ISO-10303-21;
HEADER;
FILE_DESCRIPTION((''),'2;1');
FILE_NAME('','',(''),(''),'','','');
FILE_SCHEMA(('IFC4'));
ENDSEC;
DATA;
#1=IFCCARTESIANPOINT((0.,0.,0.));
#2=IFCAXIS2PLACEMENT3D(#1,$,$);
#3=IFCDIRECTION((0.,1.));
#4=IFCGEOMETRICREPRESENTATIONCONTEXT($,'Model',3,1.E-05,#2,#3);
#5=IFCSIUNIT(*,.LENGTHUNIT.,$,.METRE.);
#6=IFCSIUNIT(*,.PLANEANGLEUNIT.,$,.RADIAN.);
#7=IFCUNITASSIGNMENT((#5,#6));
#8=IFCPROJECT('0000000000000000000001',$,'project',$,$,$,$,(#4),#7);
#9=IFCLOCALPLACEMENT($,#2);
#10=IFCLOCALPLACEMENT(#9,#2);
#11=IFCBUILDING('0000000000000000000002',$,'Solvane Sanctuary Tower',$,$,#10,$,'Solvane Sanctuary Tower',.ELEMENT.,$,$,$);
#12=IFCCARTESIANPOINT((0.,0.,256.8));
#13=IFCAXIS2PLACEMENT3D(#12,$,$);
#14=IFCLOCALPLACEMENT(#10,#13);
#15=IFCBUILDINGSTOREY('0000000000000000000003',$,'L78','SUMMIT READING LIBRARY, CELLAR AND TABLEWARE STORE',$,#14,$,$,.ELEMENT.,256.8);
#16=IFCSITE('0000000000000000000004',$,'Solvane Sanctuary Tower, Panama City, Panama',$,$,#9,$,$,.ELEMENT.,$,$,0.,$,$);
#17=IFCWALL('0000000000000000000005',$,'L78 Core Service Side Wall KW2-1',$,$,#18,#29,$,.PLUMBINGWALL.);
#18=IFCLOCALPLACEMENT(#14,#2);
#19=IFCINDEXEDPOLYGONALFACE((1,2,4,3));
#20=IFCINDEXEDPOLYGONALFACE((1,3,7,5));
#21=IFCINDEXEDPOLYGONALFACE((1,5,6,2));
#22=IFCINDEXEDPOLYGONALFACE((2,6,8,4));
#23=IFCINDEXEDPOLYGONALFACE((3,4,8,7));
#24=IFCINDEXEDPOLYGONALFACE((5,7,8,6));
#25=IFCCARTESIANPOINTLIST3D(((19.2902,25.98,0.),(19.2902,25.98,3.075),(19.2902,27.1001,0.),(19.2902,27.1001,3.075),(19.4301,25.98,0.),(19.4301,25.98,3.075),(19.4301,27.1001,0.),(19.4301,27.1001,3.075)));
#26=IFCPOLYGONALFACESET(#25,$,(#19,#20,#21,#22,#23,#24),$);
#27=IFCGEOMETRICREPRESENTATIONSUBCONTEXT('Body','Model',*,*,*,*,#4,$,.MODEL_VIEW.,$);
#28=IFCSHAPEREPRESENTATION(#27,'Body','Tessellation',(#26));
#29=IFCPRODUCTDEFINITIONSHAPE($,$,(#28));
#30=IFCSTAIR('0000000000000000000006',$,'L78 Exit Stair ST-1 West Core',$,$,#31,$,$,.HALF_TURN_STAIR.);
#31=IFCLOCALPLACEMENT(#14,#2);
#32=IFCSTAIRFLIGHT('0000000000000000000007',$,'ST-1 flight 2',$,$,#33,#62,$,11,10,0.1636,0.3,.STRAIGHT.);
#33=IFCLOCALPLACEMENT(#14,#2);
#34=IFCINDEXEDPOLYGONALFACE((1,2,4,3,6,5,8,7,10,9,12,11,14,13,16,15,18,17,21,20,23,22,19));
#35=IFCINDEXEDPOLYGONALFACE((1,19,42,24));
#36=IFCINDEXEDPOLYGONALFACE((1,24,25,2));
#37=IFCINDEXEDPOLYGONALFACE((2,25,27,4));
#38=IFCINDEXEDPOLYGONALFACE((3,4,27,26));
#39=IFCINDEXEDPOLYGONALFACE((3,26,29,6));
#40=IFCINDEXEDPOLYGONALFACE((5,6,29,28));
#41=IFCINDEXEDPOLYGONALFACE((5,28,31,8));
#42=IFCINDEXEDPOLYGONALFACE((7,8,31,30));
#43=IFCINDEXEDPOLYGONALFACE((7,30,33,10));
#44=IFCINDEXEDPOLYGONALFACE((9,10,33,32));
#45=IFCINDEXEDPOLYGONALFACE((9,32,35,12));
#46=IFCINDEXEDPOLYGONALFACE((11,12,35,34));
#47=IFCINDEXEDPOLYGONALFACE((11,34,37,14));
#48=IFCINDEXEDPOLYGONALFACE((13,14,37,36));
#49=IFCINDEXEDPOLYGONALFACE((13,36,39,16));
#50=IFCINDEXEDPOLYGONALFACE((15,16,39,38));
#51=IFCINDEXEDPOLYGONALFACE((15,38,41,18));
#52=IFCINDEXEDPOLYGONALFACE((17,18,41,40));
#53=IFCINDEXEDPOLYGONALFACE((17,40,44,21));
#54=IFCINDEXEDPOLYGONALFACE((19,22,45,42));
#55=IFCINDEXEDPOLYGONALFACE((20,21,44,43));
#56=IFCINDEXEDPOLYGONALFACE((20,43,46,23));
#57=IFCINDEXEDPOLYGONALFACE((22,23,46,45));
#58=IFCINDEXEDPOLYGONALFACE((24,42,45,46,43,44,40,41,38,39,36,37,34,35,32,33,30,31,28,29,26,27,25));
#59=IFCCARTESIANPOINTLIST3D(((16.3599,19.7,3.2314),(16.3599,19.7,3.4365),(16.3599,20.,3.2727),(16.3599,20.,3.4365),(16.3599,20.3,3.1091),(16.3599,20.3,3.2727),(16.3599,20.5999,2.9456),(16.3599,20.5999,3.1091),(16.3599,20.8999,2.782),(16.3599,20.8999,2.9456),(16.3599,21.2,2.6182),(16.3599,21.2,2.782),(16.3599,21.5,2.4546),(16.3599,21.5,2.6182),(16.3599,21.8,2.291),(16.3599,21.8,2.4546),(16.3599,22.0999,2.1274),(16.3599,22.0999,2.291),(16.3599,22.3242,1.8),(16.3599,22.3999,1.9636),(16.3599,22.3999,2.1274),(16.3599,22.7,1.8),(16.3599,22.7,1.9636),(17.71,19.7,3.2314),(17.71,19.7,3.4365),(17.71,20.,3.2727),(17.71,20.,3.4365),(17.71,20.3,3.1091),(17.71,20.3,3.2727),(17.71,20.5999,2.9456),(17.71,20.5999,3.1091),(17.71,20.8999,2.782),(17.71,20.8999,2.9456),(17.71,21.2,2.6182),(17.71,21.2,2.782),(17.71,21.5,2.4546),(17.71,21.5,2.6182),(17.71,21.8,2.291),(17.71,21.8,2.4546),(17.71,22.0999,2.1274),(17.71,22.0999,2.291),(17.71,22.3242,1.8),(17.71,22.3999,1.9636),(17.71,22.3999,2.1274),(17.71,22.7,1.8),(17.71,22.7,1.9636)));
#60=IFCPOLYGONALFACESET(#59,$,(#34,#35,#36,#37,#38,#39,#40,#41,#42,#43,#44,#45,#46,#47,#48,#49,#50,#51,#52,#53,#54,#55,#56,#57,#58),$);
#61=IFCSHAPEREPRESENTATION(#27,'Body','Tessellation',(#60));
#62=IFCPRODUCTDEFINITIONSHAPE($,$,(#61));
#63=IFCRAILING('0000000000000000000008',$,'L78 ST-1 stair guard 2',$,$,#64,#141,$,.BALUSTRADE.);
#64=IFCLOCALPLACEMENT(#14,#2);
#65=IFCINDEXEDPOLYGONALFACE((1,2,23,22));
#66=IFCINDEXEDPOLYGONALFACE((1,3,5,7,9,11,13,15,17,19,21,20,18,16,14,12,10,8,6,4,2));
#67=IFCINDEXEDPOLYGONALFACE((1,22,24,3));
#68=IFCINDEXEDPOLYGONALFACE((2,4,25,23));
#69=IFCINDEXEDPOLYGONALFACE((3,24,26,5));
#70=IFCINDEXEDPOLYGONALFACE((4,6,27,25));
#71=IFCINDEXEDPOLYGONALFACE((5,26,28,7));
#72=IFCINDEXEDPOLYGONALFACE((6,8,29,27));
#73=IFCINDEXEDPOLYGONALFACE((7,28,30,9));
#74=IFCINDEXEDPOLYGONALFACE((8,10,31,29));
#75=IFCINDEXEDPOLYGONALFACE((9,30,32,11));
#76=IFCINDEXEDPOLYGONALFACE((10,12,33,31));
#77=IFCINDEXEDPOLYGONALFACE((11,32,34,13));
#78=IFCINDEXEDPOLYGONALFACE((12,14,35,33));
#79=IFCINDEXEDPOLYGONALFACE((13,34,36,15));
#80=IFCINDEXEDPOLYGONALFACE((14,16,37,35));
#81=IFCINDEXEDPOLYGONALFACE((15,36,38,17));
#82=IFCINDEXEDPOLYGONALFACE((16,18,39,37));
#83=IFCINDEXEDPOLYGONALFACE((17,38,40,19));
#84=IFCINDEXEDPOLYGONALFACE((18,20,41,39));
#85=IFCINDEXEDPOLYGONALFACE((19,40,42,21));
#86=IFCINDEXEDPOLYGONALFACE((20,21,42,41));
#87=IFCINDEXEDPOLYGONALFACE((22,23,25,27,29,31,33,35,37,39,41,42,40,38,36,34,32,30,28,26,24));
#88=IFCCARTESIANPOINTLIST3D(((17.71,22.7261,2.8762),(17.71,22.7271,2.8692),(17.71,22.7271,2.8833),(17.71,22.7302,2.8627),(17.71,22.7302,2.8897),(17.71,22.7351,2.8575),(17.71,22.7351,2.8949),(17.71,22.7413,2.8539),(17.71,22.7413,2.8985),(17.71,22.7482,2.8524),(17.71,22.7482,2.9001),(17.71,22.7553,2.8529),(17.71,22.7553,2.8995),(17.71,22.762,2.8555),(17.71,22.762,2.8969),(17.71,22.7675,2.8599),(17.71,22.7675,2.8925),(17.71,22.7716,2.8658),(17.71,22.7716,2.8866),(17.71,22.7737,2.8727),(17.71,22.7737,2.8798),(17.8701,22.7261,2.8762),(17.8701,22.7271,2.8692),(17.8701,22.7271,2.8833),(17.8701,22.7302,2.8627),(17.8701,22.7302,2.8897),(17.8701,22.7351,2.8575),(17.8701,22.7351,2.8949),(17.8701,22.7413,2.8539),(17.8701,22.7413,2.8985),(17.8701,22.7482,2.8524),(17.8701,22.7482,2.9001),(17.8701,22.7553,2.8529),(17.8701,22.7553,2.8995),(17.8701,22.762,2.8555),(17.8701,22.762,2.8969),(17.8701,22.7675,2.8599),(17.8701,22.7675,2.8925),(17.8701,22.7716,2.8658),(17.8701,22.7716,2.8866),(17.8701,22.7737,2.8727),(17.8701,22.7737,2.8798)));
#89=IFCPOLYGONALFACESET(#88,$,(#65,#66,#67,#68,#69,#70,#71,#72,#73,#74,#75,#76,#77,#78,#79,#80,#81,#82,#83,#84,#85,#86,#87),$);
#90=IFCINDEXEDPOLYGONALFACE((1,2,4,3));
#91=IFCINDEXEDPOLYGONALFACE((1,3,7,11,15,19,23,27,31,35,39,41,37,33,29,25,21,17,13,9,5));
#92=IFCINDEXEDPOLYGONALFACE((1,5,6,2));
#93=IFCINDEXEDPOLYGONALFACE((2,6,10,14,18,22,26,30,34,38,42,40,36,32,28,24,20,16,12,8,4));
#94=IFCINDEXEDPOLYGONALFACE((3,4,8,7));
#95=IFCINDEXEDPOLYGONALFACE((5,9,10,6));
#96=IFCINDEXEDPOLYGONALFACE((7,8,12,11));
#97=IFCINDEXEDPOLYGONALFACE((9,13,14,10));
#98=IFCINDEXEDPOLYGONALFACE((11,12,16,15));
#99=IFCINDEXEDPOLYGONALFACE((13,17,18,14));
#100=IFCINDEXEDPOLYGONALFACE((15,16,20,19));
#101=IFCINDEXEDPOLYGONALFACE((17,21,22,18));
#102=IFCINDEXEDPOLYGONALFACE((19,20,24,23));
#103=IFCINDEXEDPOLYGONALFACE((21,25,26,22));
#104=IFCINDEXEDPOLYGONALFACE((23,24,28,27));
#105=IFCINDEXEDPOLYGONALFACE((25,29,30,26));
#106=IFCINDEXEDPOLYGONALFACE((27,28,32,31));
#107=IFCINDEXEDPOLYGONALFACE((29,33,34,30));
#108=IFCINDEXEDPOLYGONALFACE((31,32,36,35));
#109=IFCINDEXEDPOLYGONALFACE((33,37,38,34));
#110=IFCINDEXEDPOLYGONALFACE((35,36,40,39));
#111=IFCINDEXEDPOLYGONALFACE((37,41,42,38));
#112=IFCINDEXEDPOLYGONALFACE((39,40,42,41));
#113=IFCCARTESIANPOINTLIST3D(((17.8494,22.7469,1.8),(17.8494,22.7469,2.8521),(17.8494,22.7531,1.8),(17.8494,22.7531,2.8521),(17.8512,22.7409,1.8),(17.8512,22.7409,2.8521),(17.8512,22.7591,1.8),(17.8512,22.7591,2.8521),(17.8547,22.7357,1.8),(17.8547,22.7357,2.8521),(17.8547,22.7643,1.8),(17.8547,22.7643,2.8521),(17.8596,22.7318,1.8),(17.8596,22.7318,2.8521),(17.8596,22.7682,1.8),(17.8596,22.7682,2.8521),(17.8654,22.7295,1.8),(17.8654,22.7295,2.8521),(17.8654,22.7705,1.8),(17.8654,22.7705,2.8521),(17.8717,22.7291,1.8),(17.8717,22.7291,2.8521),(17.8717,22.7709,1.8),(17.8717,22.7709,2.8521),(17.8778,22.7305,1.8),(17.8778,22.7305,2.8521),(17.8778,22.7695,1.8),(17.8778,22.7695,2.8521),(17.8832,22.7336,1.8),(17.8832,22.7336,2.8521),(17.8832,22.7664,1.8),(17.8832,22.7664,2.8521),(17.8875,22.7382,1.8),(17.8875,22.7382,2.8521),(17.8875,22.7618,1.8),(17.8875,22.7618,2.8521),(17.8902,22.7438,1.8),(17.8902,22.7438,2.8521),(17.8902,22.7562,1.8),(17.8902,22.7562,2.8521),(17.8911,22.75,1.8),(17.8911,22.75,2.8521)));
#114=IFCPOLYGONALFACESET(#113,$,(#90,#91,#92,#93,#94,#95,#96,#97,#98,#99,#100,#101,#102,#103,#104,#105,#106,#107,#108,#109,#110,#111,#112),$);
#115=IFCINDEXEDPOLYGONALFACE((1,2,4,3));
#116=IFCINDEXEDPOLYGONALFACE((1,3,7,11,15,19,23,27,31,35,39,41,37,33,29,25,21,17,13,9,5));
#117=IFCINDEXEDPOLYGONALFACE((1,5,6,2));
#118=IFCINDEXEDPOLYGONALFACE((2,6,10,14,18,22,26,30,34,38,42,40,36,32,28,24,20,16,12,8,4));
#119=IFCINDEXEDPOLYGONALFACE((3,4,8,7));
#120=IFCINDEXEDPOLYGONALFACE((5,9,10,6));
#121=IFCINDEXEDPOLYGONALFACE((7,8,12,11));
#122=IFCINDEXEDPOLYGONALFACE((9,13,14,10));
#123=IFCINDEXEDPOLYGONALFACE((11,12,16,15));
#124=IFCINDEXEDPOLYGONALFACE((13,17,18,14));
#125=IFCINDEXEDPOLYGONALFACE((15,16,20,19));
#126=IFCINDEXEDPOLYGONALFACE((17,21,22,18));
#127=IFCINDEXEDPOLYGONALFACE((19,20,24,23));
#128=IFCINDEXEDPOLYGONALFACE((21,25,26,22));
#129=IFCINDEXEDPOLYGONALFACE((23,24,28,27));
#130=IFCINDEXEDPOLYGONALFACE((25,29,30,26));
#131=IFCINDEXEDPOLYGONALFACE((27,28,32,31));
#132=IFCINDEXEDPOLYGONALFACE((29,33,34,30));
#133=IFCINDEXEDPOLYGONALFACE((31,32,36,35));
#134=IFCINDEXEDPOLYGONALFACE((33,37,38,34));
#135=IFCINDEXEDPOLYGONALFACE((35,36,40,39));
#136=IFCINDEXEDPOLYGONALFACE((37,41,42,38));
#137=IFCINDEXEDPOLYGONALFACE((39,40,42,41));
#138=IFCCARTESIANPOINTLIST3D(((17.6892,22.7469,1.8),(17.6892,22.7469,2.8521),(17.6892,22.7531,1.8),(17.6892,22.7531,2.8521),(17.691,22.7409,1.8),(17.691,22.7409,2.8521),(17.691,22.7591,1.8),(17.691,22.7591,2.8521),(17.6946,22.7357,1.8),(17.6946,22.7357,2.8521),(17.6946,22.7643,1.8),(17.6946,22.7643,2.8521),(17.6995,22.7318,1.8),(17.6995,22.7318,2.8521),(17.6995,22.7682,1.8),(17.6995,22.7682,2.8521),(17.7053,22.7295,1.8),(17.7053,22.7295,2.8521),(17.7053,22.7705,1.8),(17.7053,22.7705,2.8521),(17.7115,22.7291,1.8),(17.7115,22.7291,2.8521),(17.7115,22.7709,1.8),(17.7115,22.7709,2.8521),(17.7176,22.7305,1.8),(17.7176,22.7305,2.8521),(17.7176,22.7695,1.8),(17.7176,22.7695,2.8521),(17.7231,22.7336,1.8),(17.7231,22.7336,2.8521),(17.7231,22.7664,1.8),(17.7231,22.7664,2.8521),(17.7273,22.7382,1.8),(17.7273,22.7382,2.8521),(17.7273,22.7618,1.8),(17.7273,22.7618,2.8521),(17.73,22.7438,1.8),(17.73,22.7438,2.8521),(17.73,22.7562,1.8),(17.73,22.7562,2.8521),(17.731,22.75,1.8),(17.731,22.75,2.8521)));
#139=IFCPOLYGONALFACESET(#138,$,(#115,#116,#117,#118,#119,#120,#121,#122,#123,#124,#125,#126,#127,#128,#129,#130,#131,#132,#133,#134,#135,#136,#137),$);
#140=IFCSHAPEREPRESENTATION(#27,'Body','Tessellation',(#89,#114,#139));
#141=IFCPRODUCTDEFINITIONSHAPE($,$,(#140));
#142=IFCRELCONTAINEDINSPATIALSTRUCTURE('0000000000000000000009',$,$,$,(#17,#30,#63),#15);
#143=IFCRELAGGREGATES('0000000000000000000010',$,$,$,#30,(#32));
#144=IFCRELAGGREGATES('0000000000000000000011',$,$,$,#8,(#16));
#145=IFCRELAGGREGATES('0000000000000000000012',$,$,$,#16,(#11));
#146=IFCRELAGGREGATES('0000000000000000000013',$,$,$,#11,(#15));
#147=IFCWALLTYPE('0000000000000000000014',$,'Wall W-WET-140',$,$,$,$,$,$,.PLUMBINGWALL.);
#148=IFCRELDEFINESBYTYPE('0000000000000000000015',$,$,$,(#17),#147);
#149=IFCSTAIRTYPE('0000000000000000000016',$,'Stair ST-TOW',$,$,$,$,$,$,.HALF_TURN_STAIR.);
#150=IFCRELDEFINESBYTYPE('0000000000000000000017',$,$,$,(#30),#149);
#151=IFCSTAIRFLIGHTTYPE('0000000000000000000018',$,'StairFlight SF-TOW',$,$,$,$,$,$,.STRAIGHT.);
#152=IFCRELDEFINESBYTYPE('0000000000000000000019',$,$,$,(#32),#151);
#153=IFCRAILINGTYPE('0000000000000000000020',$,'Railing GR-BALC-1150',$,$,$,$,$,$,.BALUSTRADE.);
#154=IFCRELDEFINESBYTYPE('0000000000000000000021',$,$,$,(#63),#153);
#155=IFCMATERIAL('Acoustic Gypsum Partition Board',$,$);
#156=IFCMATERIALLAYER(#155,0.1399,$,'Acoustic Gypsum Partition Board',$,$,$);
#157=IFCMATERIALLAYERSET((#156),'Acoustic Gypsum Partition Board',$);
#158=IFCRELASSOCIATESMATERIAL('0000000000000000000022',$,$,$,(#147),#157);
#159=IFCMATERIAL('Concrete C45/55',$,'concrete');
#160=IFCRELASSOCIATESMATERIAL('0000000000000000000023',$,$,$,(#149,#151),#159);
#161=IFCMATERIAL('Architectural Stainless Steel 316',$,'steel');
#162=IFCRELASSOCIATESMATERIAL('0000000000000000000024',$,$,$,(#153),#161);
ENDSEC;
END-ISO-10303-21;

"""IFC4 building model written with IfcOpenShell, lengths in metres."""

from ifc_helpers import new_model, si_unit, direction, frame, frame_2d, origin, origin_2d, place, context, subcontext, project, spatial, polyline, rectangle, circle, outline, extrude, material, layer, layer_set, type_object, element, aggregate, save


model = new_model("IFC4")

# Units and contexts
model_context = context("Model", 3, precision=1e-05, world=origin(), true_north=direction((0.0, 1.0)))
body_context = subcontext(model_context, "Body", "Model", "MODEL_VIEW")
ifc_project = project(units=[si_unit("LENGTHUNIT", "METRE"), si_unit("PLANEANGLEUNIT", "RADIAN")], contexts=[model_context])

# Site, building, storey
site_placement = place(None, origin())
site = spatial("IfcSite", under=ifc_project, at=site_placement, Name="Solvane Sanctuary Tower, Panama City, Panama", CompositionType="ELEMENT", RefElevation=0.0)
building_placement = place(site_placement, origin())
building = spatial("IfcBuilding", under=site, at=building_placement, Name="Solvane Sanctuary Tower", LongName="Solvane Sanctuary Tower", CompositionType="ELEMENT")
storey_placement = place(building_placement, frame((0.0, 0.0, 256.8)))
storey = spatial("IfcBuildingStorey", under=building, at=storey_placement, Name="L78", Description="SUMMIT READING LIBRARY, CELLAR AND TABLEWARE STORE", CompositionType="ELEMENT", Elevation=256.8)

# Shared definitions
ifc_material_1 = material(Name="Acoustic Gypsum Partition Board")

# Shared definitions
ifc_material_2 = material(Name="Architectural Stainless Steel 316", Category="steel")

# Shared definitions
ifc_layer_1 = layer(ifc_material_1, 0.1399, Name="Acoustic Gypsum Partition Board")
ifc_layer_set_1 = layer_set([ifc_layer_1], Name="Acoustic Gypsum Partition Board")
wall_type_1 = type_object("IfcWallType", Name="Wall W-WET-140", PredefinedType="PLUMBINGWALL", material=ifc_layer_set_1)

# Wall
wall_1_placement = place(storey_placement, frame((19.3601, 25.98, 0.0), z_axis=(0.0, 0.0, 1.0), x_axis=(0.0, 1.0, 0.0)))
element("IfcWall", 1, at=wall_1_placement, inside=storey, type_object=wall_type_1, Name="L78 Core Service Side Wall KW2-1", PredefinedType="PLUMBINGWALL", context=body_context, shape_type="SweptSolid", body=[
    extrude(rectangle(XDim=1.1201, YDim=0.1399, at=frame_2d((0.5601, 0.0))), origin(), (0.0, 0.0, 1.0), 3.075),
])

# Stair, stair flight
ifc_material_3 = material(Name="Concrete C45/55", Category="concrete")
stair_type = type_object("IfcStairType", Name="Stair ST-TOW", PredefinedType="HALF_TURN_STAIR", material=ifc_material_3)
stair_placement = place(storey_placement, origin())
stair = element("IfcStair", 2, at=stair_placement, inside=storey, type_object=stair_type, Name="L78 Exit Stair ST-1 West Core", PredefinedType="HALF_TURN_STAIR")
stair_flight_type = type_object("IfcStairFlightType", Name="StairFlight SF-TOW", PredefinedType="STRAIGHT", material=ifc_material_3)
stair_flight_placement = place(storey_placement, frame((17.0349, 22.7, 1.8), z_axis=(0.0, 0.0, 1.0), x_axis=(0.0, -1.0, 0.0)))
stair_flight = element("IfcStairFlight", 3, at=stair_flight_placement, type_object=stair_flight_type, Name="ST-1 flight 2", NumberOfRisers=11, NumberOfTreads=10, PredefinedType="STRAIGHT", RiserHeight=0.1636, TreadLength=0.3, context=body_context, shape_type="SweptSolid", body=[
    extrude(outline(polyline([(0.0, 0.0), (0.0, 0.1636), (0.3, 0.1636), (0.3, 0.3274), (0.6001, 0.3274), (0.6001, 0.491), (0.8999, 0.491), (0.8999, 0.6545), (1.2, 0.6545), (1.2, 0.8181), (1.5, 0.8181), (1.5, 0.9819), (1.8, 0.9819), (1.8, 1.1455), (2.1001, 1.1455), (2.1001, 1.3091), (2.3999, 1.3091), (2.3999, 1.4727), (2.7, 1.4727), (2.7, 1.6365), (3.0, 1.6365), (3.0, 1.8), (3.0, 1.4314), (0.3757, 0.0), (0.0, 0.0)])), frame((0.0, 0.675, 0.0), z_axis=(0.0, -1.0, 0.0), x_axis=(1.0, 0.0, 0.0)), (0.0, 0.0, 1.0), 1.3501),
])
aggregate(stair, [stair_flight])

# Railing
railing_type_1 = type_object("IfcRailingType", Name="Railing GR-BALC-1150", PredefinedType="BALUSTRADE", material=ifc_material_2)
railing_1_placement = place(storey_placement, frame((17.8701, 22.75, 1.8)))
element("IfcRailing", 4, at=railing_1_placement, inside=storey, type_object=railing_type_1, Name="L78 ST-1 stair guard 2", PredefinedType="BALUSTRADE", context=body_context, shape_type="SweptSolid", body=[
    extrude(circle(Radius=0.0239, at=origin_2d()), frame((0.0, 0.0, 1.0762), z_axis=(-1.0, 0.0, 0.0), x_axis=(0.0, -1.0, 0.0)), (0.0, 0.0, 1.0), 0.1602),
    extrude(circle(Radius=0.021, at=origin_2d()), origin(), (0.0, 0.0, 1.0), 1.052),
    extrude(circle(Radius=0.021, at=origin_2d()), frame((-0.1602, 0.0, 0.0)), (0.0, 0.0, 1.0), 1.052),
])

save(model, "model.ifc")
